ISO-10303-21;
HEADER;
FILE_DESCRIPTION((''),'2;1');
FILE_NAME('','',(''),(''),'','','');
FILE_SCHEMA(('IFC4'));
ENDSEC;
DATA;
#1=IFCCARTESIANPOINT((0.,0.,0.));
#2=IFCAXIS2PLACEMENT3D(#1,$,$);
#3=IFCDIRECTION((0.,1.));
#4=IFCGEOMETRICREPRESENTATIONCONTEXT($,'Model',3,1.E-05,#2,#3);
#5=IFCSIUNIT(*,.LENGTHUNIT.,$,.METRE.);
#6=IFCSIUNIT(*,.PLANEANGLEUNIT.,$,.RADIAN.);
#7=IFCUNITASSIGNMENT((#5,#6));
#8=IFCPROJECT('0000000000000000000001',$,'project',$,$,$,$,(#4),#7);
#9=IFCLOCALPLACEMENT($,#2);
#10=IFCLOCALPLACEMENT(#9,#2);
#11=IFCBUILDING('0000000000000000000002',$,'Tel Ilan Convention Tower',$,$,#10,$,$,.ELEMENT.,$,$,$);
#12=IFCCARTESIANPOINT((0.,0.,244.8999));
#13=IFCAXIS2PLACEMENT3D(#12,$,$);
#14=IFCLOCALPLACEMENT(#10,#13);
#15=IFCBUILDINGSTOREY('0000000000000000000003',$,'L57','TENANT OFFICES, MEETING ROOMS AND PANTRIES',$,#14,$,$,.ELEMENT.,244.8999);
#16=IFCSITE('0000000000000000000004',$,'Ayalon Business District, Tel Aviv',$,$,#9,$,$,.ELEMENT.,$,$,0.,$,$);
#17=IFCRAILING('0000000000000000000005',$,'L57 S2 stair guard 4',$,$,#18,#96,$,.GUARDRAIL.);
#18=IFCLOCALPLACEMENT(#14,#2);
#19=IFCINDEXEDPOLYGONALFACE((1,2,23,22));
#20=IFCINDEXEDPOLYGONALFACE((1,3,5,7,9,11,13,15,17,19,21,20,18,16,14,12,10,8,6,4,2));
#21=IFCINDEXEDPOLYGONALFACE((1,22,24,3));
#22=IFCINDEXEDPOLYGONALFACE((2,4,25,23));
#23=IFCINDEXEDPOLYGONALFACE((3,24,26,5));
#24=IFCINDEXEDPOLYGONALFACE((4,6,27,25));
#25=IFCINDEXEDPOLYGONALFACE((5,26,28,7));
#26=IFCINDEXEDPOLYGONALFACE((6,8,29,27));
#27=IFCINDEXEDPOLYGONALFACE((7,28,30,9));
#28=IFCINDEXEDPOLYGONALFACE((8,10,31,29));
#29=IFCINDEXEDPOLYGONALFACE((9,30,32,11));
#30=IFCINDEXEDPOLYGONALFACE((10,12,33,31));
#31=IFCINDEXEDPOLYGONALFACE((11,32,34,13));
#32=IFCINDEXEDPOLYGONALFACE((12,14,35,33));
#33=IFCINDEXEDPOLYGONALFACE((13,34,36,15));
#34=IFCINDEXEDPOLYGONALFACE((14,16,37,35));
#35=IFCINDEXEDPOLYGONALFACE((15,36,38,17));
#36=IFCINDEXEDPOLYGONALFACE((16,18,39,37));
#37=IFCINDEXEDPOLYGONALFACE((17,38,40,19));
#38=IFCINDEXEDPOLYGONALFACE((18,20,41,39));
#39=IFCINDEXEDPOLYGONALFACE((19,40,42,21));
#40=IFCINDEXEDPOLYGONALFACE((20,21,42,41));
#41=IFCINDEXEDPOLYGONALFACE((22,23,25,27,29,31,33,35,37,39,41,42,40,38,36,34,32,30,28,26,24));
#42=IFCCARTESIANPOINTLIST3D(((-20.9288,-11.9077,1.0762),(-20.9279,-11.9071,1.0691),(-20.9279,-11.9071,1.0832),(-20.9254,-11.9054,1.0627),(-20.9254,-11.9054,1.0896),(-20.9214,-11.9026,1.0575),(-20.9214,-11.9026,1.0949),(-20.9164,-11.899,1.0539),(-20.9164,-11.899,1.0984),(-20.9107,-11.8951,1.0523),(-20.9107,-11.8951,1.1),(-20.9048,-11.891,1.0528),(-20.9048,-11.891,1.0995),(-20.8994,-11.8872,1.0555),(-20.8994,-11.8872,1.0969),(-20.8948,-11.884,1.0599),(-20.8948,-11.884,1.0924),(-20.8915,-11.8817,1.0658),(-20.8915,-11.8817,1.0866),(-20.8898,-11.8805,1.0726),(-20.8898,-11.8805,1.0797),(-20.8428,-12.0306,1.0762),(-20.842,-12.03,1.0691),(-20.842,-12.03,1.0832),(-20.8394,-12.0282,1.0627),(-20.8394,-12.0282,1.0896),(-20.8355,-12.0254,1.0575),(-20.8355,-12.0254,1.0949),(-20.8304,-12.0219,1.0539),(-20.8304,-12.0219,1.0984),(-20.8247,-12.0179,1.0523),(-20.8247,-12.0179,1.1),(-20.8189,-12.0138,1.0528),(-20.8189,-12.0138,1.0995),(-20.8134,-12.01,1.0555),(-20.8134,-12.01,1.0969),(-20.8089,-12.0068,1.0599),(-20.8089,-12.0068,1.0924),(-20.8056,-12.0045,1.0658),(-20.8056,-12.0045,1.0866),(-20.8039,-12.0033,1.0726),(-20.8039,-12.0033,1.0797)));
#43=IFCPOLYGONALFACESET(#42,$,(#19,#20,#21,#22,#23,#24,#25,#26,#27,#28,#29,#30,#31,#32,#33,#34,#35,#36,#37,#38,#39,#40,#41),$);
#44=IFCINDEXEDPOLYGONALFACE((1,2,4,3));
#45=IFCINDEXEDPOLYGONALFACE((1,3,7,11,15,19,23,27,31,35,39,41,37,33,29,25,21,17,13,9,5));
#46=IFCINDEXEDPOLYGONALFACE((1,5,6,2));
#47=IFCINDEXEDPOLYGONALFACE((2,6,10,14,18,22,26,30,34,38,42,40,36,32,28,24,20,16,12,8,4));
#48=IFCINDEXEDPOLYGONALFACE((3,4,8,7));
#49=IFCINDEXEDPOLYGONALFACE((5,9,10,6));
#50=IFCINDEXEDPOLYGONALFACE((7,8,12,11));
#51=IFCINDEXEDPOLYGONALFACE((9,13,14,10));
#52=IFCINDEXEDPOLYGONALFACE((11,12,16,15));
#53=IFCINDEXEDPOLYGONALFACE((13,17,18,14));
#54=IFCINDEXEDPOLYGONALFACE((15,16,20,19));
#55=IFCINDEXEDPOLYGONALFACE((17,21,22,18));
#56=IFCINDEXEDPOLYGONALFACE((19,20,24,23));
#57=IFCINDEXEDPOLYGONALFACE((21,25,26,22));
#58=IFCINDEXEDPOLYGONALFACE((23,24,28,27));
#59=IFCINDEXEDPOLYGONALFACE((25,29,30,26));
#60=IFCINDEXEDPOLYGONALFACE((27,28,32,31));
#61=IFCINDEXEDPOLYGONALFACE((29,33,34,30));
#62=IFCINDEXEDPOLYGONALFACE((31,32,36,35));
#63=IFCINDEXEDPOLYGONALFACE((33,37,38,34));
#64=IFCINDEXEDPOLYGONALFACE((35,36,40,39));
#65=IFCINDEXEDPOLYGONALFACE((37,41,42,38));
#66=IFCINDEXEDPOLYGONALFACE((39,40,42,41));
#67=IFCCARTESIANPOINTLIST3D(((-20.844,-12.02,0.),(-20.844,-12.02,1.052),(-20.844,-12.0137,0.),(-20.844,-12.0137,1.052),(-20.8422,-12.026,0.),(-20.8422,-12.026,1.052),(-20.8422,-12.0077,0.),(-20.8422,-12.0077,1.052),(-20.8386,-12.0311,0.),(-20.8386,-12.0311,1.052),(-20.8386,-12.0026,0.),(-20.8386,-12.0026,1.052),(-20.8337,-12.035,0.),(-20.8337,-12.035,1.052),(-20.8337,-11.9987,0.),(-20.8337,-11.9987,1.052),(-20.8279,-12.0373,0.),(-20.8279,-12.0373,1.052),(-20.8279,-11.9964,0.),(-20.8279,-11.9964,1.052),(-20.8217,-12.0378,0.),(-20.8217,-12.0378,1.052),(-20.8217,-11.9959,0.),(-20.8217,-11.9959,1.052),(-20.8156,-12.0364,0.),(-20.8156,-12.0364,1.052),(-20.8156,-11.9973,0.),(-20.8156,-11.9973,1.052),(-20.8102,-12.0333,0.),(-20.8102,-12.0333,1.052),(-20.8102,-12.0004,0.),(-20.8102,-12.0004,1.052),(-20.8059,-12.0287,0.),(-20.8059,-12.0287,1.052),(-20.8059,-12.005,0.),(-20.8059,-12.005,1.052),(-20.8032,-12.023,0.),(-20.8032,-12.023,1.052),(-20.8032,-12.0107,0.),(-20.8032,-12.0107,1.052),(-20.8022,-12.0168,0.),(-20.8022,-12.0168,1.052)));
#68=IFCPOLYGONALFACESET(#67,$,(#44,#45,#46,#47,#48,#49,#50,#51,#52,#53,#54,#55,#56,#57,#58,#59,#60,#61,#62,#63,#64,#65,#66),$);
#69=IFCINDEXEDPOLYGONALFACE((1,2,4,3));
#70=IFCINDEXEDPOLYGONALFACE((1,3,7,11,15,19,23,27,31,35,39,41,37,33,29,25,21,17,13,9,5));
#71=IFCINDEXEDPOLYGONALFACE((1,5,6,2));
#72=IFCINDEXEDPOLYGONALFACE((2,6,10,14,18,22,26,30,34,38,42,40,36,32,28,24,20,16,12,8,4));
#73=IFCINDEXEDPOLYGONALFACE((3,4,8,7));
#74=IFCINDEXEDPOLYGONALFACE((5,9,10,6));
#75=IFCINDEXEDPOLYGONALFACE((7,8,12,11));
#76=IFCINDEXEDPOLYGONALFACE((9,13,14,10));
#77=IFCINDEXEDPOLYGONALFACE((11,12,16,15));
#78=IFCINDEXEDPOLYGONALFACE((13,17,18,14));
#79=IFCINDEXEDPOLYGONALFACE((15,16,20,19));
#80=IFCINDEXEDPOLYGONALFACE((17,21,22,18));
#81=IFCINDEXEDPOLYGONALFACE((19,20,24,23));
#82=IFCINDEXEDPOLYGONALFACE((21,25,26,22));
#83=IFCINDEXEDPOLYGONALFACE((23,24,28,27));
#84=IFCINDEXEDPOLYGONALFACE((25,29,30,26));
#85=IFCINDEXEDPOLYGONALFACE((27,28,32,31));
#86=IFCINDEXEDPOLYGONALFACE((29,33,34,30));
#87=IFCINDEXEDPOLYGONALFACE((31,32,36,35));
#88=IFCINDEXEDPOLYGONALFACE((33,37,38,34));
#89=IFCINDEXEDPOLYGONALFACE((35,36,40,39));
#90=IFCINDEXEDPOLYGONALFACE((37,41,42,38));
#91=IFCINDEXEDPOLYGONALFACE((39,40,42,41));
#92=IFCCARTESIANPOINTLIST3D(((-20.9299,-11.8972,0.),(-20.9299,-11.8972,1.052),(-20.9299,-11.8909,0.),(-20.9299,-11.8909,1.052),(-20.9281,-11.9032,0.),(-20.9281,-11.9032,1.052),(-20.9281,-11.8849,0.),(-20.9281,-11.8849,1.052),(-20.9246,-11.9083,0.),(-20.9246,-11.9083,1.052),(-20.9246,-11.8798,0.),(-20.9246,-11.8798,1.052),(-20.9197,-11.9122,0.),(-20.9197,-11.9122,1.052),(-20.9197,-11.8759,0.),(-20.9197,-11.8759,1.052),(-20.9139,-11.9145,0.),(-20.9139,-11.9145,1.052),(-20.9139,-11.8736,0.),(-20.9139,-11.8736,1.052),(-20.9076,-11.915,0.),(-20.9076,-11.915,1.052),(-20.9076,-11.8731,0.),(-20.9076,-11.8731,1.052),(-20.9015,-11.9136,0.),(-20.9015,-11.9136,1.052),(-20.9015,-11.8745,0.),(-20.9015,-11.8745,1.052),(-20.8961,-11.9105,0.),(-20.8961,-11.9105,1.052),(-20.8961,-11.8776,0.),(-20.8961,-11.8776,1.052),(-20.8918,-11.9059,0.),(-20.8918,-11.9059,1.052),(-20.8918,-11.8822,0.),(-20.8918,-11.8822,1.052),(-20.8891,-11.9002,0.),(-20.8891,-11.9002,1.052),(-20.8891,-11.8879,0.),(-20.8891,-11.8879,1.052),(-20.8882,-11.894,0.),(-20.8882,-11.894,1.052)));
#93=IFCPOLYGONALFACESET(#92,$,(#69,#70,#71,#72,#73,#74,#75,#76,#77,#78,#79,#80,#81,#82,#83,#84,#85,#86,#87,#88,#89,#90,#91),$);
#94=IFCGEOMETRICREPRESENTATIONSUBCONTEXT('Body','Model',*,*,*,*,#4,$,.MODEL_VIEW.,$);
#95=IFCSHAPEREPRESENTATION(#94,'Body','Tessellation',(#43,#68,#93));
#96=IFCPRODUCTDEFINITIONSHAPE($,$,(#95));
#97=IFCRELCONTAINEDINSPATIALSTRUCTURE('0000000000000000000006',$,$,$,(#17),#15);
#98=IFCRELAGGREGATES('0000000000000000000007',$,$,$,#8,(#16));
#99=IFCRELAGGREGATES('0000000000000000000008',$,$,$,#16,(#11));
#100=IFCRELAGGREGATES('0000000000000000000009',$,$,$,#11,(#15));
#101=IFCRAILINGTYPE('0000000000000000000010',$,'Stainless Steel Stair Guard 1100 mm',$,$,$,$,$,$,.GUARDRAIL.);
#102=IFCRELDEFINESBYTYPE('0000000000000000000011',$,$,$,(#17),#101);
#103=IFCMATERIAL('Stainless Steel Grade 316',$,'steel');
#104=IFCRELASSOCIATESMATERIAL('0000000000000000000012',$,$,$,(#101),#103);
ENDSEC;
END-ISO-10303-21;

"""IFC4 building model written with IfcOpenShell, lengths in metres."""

from ifc_helpers import new_model, si_unit, direction, frame, origin, origin_2d, place, context, subcontext, project, spatial, circle, extrude, material, type_object, element, save


model = new_model("IFC4")

# Units and contexts
model_context = context("Model", 3, precision=1e-05, world=origin(), true_north=direction((0.0, 1.0)))
body_context = subcontext(model_context, "Body", "Model", "MODEL_VIEW")
ifc_project = project(units=[si_unit("LENGTHUNIT", "METRE"), si_unit("PLANEANGLEUNIT", "RADIAN")], contexts=[model_context])

# Site, building, storey
site_placement = place(None, origin())
site = spatial("IfcSite", under=ifc_project, at=site_placement, Name="Ayalon Business District, Tel Aviv", CompositionType="ELEMENT", RefElevation=0.0)
building_placement = place(site_placement, origin())
building = spatial("IfcBuilding", under=site, at=building_placement, Name="Tel Ilan Convention Tower", CompositionType="ELEMENT")
storey_placement = place(building_placement, frame((0.0, 0.0, 244.8999)))
storey = spatial("IfcBuildingStorey", under=building, at=storey_placement, Name="L57", Description="TENANT OFFICES, MEETING ROOMS AND PANTRIES", CompositionType="ELEMENT", Elevation=244.8999)

# Railing
ifc_material_1 = material(Name="Stainless Steel Grade 316", Category="steel")
railing_type_1 = type_object("IfcRailingType", Name="Stainless Steel Stair Guard 1100 mm", PredefinedType="GUARDRAIL", material=ifc_material_1)
railing_1_placement = place(storey_placement, frame((-20.8232, -12.0168, 0.0)))
element("IfcRailing", 1, at=railing_1_placement, inside=storey, type_object=railing_type_1, Name="L57 S2 stair guard 4", PredefinedType="GUARDRAIL", context=body_context, shape_type="SweptSolid", body=[
    extrude(circle(Radius=0.0239, at=origin_2d()), frame((0.0, 0.0, 1.0762), z_axis=(-0.573353, 0.819308, 0.0), x_axis=(-0.819308, -0.573353, 0.0)), (0.0, 0.0, 1.0), 0.1499),
    extrude(circle(Radius=0.021, at=origin_2d()), origin(), (0.0, 0.0, 1.0), 1.052),
    extrude(circle(Radius=0.021, at=origin_2d()), frame((-0.0859, 0.1228, 0.0)), (0.0, 0.0, 1.0), 1.052),
])

save(model, "model.ifc")
